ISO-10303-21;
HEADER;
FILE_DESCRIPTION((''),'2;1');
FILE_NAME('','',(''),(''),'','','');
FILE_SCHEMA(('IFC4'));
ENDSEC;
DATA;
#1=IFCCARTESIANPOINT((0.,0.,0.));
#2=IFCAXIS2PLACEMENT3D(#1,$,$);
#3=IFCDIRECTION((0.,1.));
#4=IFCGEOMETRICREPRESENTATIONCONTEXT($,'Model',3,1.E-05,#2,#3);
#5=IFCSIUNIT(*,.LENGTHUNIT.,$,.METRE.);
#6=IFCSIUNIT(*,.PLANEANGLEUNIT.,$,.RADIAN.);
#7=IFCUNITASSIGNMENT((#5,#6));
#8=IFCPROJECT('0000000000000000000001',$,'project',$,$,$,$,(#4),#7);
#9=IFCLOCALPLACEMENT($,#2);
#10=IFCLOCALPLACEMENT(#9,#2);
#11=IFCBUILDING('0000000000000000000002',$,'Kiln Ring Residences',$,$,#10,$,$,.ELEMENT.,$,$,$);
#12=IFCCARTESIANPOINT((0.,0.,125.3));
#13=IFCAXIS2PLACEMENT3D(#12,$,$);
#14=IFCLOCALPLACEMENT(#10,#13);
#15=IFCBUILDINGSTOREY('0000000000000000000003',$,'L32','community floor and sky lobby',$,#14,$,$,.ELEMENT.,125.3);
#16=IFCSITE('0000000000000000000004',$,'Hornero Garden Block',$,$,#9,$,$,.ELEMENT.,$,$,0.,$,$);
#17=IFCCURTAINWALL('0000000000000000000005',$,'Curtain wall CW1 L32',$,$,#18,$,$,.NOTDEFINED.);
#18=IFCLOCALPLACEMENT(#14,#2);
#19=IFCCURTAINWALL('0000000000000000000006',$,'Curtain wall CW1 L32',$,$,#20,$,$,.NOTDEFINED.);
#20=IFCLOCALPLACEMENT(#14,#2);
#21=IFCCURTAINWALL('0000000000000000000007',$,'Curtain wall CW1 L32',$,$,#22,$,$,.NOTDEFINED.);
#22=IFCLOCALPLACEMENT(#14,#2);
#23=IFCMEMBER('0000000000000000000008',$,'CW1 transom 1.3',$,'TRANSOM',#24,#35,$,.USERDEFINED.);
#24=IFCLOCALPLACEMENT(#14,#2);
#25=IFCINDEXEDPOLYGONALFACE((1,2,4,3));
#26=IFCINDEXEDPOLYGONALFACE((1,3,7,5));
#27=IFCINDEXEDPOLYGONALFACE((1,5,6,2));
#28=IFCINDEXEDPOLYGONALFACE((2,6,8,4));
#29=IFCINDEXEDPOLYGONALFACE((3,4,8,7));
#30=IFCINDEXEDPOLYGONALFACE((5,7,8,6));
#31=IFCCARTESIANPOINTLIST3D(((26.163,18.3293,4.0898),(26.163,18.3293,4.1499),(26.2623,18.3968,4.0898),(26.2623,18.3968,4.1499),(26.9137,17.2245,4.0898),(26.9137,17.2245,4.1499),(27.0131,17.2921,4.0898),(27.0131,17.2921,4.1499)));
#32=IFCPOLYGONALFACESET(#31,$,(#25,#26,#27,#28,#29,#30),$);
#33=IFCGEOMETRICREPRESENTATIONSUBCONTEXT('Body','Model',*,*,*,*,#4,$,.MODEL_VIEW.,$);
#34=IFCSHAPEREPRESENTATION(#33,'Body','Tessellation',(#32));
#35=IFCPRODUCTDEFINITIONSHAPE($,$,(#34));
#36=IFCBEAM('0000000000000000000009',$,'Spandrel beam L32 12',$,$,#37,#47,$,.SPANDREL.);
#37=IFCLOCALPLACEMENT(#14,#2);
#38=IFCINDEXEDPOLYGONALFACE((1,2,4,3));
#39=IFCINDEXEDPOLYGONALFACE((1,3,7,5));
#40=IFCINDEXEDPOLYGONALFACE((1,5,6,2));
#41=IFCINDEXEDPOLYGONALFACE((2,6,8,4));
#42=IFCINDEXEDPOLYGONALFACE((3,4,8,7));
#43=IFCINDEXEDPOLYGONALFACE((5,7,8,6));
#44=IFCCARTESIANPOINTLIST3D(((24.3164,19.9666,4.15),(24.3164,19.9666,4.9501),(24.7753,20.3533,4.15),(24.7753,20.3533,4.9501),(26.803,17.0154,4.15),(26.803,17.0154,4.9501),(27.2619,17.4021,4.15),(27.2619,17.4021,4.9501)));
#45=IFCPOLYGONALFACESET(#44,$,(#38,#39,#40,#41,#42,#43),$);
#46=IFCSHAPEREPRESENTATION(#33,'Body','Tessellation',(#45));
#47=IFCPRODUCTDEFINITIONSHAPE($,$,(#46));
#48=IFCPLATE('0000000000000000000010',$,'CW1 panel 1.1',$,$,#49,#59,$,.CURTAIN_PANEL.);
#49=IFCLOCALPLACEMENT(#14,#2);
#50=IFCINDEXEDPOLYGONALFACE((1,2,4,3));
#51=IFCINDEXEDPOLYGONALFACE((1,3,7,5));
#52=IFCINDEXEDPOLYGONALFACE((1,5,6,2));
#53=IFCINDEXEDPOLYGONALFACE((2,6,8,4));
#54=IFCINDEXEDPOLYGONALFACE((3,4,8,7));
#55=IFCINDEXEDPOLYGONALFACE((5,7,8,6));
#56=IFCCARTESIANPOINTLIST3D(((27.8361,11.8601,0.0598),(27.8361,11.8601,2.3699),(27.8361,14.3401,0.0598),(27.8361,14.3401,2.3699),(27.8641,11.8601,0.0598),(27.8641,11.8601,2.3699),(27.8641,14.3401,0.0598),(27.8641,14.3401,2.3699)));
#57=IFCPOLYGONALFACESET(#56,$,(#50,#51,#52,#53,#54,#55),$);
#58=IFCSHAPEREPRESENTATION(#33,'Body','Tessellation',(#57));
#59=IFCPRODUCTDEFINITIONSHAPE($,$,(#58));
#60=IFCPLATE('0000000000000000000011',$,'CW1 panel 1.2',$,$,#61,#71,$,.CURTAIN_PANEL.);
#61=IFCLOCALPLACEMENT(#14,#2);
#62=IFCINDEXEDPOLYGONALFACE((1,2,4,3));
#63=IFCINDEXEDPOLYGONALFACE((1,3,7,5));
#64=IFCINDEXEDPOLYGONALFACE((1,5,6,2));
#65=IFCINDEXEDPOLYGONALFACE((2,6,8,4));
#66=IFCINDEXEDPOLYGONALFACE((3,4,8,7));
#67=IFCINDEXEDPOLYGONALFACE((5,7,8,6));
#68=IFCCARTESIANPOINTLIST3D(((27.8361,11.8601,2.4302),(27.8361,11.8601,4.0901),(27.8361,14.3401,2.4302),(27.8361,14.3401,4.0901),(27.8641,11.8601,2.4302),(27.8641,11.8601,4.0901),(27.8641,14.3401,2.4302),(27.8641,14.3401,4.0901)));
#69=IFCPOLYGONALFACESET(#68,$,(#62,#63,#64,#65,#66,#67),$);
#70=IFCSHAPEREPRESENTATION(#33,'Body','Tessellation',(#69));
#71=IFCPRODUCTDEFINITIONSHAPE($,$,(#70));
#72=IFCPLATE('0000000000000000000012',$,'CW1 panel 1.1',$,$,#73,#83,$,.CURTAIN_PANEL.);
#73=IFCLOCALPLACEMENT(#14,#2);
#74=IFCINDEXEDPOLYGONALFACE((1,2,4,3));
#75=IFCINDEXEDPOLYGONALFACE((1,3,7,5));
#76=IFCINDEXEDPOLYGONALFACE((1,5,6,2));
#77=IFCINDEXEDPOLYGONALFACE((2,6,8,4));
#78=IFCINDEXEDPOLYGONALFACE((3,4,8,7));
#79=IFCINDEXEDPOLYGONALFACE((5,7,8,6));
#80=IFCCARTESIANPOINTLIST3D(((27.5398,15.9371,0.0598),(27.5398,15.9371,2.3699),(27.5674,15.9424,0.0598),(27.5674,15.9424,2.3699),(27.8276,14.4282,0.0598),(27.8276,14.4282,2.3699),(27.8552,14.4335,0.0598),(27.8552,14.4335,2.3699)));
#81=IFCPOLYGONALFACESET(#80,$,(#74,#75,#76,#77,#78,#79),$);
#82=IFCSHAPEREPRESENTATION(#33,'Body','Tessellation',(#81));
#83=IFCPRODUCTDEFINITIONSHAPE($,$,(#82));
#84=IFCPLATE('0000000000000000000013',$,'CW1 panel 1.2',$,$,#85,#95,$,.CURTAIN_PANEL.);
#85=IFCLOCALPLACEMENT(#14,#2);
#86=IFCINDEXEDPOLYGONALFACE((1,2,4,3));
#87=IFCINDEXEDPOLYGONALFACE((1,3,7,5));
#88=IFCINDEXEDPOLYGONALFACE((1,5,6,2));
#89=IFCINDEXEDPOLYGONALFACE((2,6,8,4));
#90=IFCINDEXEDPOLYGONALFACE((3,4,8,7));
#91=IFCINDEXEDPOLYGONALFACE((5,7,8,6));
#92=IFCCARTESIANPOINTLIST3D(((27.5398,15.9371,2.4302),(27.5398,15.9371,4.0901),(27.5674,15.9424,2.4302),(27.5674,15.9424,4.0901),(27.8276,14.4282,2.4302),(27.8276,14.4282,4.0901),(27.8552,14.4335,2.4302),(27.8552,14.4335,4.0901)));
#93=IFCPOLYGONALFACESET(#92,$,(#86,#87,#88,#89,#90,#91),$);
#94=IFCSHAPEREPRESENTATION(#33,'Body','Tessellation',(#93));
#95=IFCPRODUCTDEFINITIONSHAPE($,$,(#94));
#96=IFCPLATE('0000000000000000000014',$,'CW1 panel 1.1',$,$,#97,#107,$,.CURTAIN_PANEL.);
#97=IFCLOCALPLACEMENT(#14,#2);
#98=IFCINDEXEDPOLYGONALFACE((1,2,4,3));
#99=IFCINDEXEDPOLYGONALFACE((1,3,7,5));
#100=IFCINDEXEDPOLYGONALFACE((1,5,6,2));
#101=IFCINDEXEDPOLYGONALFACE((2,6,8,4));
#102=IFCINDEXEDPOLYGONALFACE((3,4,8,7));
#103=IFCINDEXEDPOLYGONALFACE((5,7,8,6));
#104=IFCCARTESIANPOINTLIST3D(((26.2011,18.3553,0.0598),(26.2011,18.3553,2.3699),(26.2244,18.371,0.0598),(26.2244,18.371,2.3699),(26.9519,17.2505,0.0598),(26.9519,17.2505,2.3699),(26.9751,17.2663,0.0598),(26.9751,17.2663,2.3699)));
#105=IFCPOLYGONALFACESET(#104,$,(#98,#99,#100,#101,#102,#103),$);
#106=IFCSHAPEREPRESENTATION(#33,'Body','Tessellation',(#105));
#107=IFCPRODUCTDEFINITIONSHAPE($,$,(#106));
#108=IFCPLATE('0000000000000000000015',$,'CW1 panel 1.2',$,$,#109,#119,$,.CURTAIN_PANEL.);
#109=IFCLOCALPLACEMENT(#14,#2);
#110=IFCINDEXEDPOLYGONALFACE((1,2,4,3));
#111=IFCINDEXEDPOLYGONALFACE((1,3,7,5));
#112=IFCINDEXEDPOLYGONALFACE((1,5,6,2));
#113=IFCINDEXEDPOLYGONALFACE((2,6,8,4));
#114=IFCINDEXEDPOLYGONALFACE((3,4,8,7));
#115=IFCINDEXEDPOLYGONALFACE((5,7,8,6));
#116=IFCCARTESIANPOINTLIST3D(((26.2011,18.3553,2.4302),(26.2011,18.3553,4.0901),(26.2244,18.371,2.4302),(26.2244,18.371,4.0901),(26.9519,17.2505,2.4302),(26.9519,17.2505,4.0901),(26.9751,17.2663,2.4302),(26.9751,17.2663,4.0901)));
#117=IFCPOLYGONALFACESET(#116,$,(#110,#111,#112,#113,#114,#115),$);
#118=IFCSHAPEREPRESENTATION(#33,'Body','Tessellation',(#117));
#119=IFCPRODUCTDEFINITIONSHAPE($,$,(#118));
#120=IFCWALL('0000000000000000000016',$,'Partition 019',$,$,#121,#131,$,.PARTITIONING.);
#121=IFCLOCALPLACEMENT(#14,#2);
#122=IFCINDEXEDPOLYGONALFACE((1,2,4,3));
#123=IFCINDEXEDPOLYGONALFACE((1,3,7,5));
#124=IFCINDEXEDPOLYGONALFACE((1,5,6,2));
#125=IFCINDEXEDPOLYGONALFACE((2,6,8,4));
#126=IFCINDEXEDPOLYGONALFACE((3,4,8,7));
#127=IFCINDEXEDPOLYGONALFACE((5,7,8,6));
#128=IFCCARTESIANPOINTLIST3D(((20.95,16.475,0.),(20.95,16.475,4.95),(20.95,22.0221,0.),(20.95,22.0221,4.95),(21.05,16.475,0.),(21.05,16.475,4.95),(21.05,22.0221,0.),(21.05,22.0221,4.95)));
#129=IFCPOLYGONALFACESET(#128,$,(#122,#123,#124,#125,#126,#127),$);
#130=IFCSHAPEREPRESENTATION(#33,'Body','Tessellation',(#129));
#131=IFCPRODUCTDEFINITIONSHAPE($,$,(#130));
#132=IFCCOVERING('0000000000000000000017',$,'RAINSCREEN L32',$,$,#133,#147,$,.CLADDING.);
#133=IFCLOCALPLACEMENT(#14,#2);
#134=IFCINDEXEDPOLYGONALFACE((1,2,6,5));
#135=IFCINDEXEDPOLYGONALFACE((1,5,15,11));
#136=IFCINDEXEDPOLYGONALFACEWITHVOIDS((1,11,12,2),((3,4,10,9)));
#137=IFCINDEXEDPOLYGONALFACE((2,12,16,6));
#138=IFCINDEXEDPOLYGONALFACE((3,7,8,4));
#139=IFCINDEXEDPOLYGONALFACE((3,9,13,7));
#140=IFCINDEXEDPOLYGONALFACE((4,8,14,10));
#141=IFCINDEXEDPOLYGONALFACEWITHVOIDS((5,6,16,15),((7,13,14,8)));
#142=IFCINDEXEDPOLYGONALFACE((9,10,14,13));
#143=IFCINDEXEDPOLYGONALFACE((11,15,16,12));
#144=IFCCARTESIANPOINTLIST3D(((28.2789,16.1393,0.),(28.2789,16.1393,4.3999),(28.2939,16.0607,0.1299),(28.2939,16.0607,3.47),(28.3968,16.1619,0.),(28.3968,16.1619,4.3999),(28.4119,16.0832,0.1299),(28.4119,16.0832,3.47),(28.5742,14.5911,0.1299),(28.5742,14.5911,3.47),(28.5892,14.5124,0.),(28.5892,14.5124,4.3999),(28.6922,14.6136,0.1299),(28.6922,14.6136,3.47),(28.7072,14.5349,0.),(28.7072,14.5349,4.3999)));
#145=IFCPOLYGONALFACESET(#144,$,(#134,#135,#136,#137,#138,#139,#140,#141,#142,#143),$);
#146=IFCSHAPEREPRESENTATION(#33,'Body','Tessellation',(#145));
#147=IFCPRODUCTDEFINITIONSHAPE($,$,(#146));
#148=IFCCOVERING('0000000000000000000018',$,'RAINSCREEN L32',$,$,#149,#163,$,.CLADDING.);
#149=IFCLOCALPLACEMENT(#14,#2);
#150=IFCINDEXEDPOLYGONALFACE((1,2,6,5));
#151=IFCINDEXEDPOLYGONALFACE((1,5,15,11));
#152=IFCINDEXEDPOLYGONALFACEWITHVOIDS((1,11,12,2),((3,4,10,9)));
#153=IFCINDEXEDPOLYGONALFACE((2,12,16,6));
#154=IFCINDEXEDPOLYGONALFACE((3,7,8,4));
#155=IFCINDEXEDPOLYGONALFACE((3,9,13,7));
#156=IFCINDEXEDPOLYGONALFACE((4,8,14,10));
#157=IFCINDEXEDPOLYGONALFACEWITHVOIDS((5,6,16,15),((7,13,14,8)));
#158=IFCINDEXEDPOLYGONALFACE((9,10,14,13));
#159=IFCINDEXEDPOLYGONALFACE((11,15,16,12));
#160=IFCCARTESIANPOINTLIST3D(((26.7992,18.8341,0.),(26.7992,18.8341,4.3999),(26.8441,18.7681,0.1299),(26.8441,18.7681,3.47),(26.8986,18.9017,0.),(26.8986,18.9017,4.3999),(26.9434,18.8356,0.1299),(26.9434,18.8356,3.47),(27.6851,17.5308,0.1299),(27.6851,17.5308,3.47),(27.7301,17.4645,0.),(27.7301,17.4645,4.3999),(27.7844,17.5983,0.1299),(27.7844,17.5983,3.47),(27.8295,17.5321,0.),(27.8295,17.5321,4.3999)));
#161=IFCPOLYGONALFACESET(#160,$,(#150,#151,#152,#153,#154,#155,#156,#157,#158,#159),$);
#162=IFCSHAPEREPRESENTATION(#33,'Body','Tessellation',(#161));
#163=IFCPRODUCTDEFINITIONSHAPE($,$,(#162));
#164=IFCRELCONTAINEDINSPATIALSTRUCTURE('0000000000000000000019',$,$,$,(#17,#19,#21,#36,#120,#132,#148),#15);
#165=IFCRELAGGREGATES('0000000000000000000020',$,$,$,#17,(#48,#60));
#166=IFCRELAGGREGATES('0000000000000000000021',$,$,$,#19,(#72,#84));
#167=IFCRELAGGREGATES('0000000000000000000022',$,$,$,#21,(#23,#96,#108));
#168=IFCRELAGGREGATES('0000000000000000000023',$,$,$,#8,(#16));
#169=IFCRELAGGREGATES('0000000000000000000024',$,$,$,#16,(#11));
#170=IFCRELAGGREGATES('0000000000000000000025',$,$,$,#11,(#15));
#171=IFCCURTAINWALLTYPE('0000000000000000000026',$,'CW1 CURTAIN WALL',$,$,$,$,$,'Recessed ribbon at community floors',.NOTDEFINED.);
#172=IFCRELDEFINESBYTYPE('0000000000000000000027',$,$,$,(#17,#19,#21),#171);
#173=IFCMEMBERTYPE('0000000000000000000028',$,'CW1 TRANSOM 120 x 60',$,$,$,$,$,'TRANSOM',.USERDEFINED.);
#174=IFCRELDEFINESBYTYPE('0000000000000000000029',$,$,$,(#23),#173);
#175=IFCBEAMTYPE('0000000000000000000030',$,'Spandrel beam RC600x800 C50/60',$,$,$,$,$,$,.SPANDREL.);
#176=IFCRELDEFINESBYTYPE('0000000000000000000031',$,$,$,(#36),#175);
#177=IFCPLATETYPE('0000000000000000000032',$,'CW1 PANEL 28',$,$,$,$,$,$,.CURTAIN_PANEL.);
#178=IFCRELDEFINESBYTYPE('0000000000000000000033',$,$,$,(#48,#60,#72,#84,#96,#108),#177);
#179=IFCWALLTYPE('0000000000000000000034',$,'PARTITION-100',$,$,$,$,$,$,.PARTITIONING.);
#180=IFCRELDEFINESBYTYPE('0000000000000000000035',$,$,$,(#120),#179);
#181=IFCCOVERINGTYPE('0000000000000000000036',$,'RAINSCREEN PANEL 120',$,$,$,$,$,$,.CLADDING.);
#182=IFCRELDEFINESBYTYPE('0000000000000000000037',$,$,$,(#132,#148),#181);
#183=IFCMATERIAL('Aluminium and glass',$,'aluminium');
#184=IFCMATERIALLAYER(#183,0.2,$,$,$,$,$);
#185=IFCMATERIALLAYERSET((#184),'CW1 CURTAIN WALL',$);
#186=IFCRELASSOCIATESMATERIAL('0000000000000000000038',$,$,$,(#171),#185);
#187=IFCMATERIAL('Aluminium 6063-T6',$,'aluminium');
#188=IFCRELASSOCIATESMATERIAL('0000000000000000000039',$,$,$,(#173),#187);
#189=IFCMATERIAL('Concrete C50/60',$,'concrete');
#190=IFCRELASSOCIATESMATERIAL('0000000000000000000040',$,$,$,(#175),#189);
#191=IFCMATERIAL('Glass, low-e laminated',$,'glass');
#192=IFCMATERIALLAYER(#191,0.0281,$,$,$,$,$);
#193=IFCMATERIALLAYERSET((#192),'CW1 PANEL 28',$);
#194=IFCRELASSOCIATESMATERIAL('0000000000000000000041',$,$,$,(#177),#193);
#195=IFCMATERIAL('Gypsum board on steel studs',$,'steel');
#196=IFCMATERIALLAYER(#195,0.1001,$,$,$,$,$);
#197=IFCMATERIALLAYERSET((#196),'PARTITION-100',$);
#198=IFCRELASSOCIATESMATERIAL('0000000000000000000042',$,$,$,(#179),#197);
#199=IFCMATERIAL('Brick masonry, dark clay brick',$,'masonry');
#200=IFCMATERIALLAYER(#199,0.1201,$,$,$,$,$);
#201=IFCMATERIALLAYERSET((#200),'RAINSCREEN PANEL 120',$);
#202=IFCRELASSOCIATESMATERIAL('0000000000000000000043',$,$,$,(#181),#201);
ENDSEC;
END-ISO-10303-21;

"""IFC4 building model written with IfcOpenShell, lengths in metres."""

from ifc_helpers import new_model, si_unit, direction, frame, frame_2d, origin, origin_2d, place, context, subcontext, project, spatial, polyline, rectangle, outline, extrude, material, layer, layer_set, material_profile, profile_set, type_object, element, aggregate, save


model = new_model("IFC4")

# Units and contexts
model_context = context("Model", 3, precision=1e-05, world=origin(), true_north=direction((0.0, 1.0)))
body_context = subcontext(model_context, "Body", "Model", "MODEL_VIEW")
ifc_project = project(units=[si_unit("LENGTHUNIT", "METRE"), si_unit("PLANEANGLEUNIT", "RADIAN")], contexts=[model_context])

# Site, building, storey
site_placement = place(None, origin())
site = spatial("IfcSite", under=ifc_project, at=site_placement, Name="Hornero Garden Block", CompositionType="ELEMENT", RefElevation=0.0)
building_placement = place(site_placement, origin())
building = spatial("IfcBuilding", under=site, at=building_placement, Name="Kiln Ring Residences", CompositionType="ELEMENT")
storey_placement = place(building_placement, frame((0.0, 0.0, 125.3)))
storey = spatial("IfcBuildingStorey", under=building, at=storey_placement, Name="L32", Description="community floor and sky lobby", CompositionType="ELEMENT", Elevation=125.3)

# Curtain wall
ifc_material_1 = material(Name="Aluminium and glass", Category="aluminium")
ifc_layer_1 = layer(ifc_material_1, 0.2)
ifc_layer_set_1 = layer_set([ifc_layer_1], Name="CW1 CURTAIN WALL")
curtain_wall_type = type_object("IfcCurtainWallType", Name="CW1 CURTAIN WALL", ElementType="Recessed ribbon at community floors", PredefinedType="NOTDEFINED", material=ifc_layer_set_1)
placement = place(storey_placement, origin())
curtain_wall_1 = element("IfcCurtainWall", 1, at=placement, inside=storey, type_object=curtain_wall_type, Name="Curtain wall CW1 L32", PredefinedType="NOTDEFINED")

# Curtain walls
curtain_wall_2 = element("IfcCurtainWall", 2, at=placement, inside=storey, type_object=curtain_wall_type, Name="Curtain wall CW1 L32", PredefinedType="NOTDEFINED")
curtain_wall_3 = element("IfcCurtainWall", 3, at=placement, inside=storey, type_object=curtain_wall_type, Name="Curtain wall CW1 L32", PredefinedType="NOTDEFINED")

# Member
ifc_material_2 = material(Name="Aluminium 6063-T6", Category="aluminium")
ifc_material_profile_1 = material_profile(ifc_material_2, rectangle(XDim=0.1201, YDim=0.0601, at=origin_2d()), Name="AL 120x60")
ifc_profile_set_1 = profile_set([ifc_material_profile_1], Name="Aluminium 6063-T6")
member_type_1 = type_object("IfcMemberType", Name="CW1 TRANSOM 120 x 60", ElementType="TRANSOM", PredefinedType="USERDEFINED", material=ifc_profile_set_1)
member_1_placement = place(storey_placement, frame((26.9634, 17.2583, 4.1199), z_axis=(-0.56206, 0.827096, 0.0), x_axis=(-0.827096, -0.56206, 0.0)))
member_1 = element("IfcMember", 4, at=member_1_placement, type_object=member_type_1, Name="CW1 transom 1.3", ObjectType="TRANSOM", PredefinedType="USERDEFINED", context=body_context, shape_type="SweptSolid", body=[
    extrude(rectangle(XDim=0.1201, YDim=0.0601, at=origin_2d()), origin(), (0.0, 0.0, 1.0), 1.3357),
])

# Beam
ifc_material_3 = material(Name="Concrete C50/60", Category="concrete")
ifc_material_profile_2 = material_profile(ifc_material_3, rectangle(XDim=0.6001, YDim=0.8, at=origin_2d()), Name="RC600x800")
ifc_profile_set_2 = profile_set([ifc_material_profile_2], Name="Concrete C50/60")
beam_type = type_object("IfcBeamType", Name="Spandrel beam RC600x800 C50/60", PredefinedType="SPANDREL", material=ifc_profile_set_2)
beam_placement = place(storey_placement, frame((27.0325, 17.2087, 4.55), z_axis=(-0.644344, 0.764736, 0.0), x_axis=(-0.764736, -0.644344, 0.0)))
element("IfcBeam", 5, at=beam_placement, inside=storey, type_object=beam_type, Name="Spandrel beam L32 12", PredefinedType="SPANDREL", context=body_context, shape_type="SweptSolid", body=[
    extrude(rectangle(XDim=0.6001, YDim=0.8, at=origin_2d()), origin(), (0.0, 0.0, 1.0), 3.8591),
])

# Plates
ifc_material_4 = material(Name="Glass, low-e laminated", Category="glass")
ifc_layer_2 = layer(ifc_material_4, 0.0281)
ifc_layer_set_2 = layer_set([ifc_layer_2], Name="CW1 PANEL 28")
plate_type = type_object("IfcPlateType", Name="CW1 PANEL 28", PredefinedType="CURTAIN_PANEL", material=ifc_layer_set_2)
plate_1_placement = place(storey_placement, frame((27.8501, 13.1001, 0.0598), z_axis=(0.0, 0.0, 1.0), x_axis=(0.0, 1.0, 0.0)))
plate_1 = element("IfcPlate", 6, at=plate_1_placement, type_object=plate_type, Name="CW1 panel 1.1", PredefinedType="CURTAIN_PANEL", context=body_context, shape_type="SweptSolid", body=[
    extrude(rectangle(XDim=2.48, YDim=0.0281, at=origin_2d()), origin(), (0.0, 0.0, 1.0), 2.3101),
])
plate_2_placement = place(storey_placement, frame((27.8501, 13.1001, 2.4302), z_axis=(0.0, 0.0, 1.0), x_axis=(0.0, 1.0, 0.0)))
plate_2 = element("IfcPlate", 7, at=plate_2_placement, type_object=plate_type, Name="CW1 panel 1.2", PredefinedType="CURTAIN_PANEL", context=body_context, shape_type="SweptSolid", body=[
    extrude(rectangle(XDim=2.48, YDim=0.0281, at=origin_2d()), origin(), (0.0, 0.0, 1.0), 1.6599),
])
aggregate(curtain_wall_1, [plate_1, plate_2])
plate_3_placement = place(storey_placement, frame((27.6975, 15.1853, 0.0598), z_axis=(0.0, 0.0, 1.0), x_axis=(-0.187366, 0.98229, 0.0)))
plate_3 = element("IfcPlate", 8, at=plate_3_placement, type_object=plate_type, Name="CW1 panel 1.1", PredefinedType="CURTAIN_PANEL", context=body_context, shape_type="SweptSolid", body=[
    extrude(rectangle(XDim=1.5361, YDim=0.0281, at=origin_2d()), origin(), (0.0, 0.0, 1.0), 2.3101),
])
plate_4_placement = place(storey_placement, frame((27.6975, 15.1853, 2.4302), z_axis=(0.0, 0.0, 1.0), x_axis=(-0.187366, 0.98229, 0.0)))
plate_4 = element("IfcPlate", 9, at=plate_4_placement, type_object=plate_type, Name="CW1 panel 1.2", PredefinedType="CURTAIN_PANEL", context=body_context, shape_type="SweptSolid", body=[
    extrude(rectangle(XDim=1.5361, YDim=0.0281, at=origin_2d()), origin(), (0.0, 0.0, 1.0), 1.6599),
])
aggregate(curtain_wall_2, [plate_3, plate_4])
plate_5_placement = place(storey_placement, frame((26.5881, 17.8108, 0.0598), z_axis=(0.0, 0.0, 1.0), x_axis=(-0.562097, 0.827072, 0.0)))
plate_5 = element("IfcPlate", 10, at=plate_5_placement, type_object=plate_type, Name="CW1 panel 1.1", PredefinedType="CURTAIN_PANEL", context=body_context, shape_type="SweptSolid", body=[
    extrude(rectangle(XDim=1.3357, YDim=0.0281, at=origin_2d()), origin(), (0.0, 0.0, 1.0), 2.3101),
])
plate_6_placement = place(storey_placement, frame((26.5881, 17.8108, 2.4302), z_axis=(0.0, 0.0, 1.0), x_axis=(-0.562097, 0.827072, 0.0)))
plate_6 = element("IfcPlate", 11, at=plate_6_placement, type_object=plate_type, Name="CW1 panel 1.2", PredefinedType="CURTAIN_PANEL", context=body_context, shape_type="SweptSolid", body=[
    extrude(rectangle(XDim=1.3357, YDim=0.0281, at=origin_2d()), origin(), (0.0, 0.0, 1.0), 1.6599),
])
aggregate(curtain_wall_3, [member_1, plate_5, plate_6])

# Wall
ifc_material_5 = material(Name="Gypsum board on steel studs", Category="steel")
ifc_layer_3 = layer(ifc_material_5, 0.1001)
ifc_layer_set_3 = layer_set([ifc_layer_3], Name="PARTITION-100")
wall_type = type_object("IfcWallType", Name="PARTITION-100", PredefinedType="PARTITIONING", material=ifc_layer_set_3)
wall_placement = place(storey_placement, frame((21.0, 16.4751, 0.0), z_axis=(0.0, 0.0, 1.0), x_axis=(0.0, 1.0, 0.0)))
element("IfcWall", 12, at=wall_placement, inside=storey, type_object=wall_type, Name="Partition 019", PredefinedType="PARTITIONING", context=body_context, shape_type="SweptSolid", body=[
    extrude(rectangle(XDim=5.5471, YDim=0.1001, at=frame_2d((2.7734, 0.0))), origin(), (0.0, 0.0, 1.0), 4.95),
])

# Coverings
ifc_material_6 = material(Name="Brick masonry, dark clay brick", Category="masonry")
ifc_layer_4 = layer(ifc_material_6, 0.1201)
ifc_layer_set_4 = layer_set([ifc_layer_4], Name="RAINSCREEN PANEL 120")
covering_type = type_object("IfcCoveringType", Name="RAINSCREEN PANEL 120", PredefinedType="CLADDING", material=ifc_layer_set_4)
covering_1_placement = place(storey_placement, frame((28.6482, 14.5237, 0.0), z_axis=(0.0, 0.0, 1.0), x_axis=(-0.187376, 0.982288, 0.0)))
element("IfcCovering", 13, at=covering_1_placement, inside=storey, type_object=covering_type, Name="RAINSCREEN L32", PredefinedType="CLADDING", context=body_context, shape_type="SweptSolid", body=[
    extrude(outline(polyline([(0.0, 0.0), (1.6562, 0.0), (1.6562, 4.3999), (0.0, 4.3999), (0.0, 0.0)]), holes=[polyline([(0.0801, 3.47), (0.0801, 0.1299), (1.5762, 0.1299), (1.5762, 3.47), (0.0801, 3.47)])]), frame((0.0, 0.0601, 0.0), z_axis=(0.0, -1.0, 0.0), x_axis=(1.0, 0.0, 0.0)), (0.0, 0.0, 1.0), 0.1201),
])
covering_2_placement = place(storey_placement, frame((27.7798, 17.4983, 0.0), z_axis=(0.0, 0.0, 1.0), x_axis=(-0.562129, 0.82705, 0.0)))
element("IfcCovering", 14, at=covering_2_placement, inside=storey, type_object=covering_type, Name="RAINSCREEN L32", PredefinedType="CLADDING", context=body_context, shape_type="SweptSolid", body=[
    extrude(outline(polyline([(0.0, 0.0), (1.656, 0.0), (1.656, 4.3999), (0.0, 4.3999), (0.0, 0.0)]), holes=[polyline([(0.0801, 3.47), (0.0801, 0.1299), (1.5762, 0.1299), (1.5762, 3.47), (0.0801, 3.47)])]), frame((0.0, 0.0601, 0.0), z_axis=(0.0, -1.0, 0.0), x_axis=(1.0, 0.0, 0.0)), (0.0, 0.0, 1.0), 0.1201),
])

save(model, "model.ifc")
